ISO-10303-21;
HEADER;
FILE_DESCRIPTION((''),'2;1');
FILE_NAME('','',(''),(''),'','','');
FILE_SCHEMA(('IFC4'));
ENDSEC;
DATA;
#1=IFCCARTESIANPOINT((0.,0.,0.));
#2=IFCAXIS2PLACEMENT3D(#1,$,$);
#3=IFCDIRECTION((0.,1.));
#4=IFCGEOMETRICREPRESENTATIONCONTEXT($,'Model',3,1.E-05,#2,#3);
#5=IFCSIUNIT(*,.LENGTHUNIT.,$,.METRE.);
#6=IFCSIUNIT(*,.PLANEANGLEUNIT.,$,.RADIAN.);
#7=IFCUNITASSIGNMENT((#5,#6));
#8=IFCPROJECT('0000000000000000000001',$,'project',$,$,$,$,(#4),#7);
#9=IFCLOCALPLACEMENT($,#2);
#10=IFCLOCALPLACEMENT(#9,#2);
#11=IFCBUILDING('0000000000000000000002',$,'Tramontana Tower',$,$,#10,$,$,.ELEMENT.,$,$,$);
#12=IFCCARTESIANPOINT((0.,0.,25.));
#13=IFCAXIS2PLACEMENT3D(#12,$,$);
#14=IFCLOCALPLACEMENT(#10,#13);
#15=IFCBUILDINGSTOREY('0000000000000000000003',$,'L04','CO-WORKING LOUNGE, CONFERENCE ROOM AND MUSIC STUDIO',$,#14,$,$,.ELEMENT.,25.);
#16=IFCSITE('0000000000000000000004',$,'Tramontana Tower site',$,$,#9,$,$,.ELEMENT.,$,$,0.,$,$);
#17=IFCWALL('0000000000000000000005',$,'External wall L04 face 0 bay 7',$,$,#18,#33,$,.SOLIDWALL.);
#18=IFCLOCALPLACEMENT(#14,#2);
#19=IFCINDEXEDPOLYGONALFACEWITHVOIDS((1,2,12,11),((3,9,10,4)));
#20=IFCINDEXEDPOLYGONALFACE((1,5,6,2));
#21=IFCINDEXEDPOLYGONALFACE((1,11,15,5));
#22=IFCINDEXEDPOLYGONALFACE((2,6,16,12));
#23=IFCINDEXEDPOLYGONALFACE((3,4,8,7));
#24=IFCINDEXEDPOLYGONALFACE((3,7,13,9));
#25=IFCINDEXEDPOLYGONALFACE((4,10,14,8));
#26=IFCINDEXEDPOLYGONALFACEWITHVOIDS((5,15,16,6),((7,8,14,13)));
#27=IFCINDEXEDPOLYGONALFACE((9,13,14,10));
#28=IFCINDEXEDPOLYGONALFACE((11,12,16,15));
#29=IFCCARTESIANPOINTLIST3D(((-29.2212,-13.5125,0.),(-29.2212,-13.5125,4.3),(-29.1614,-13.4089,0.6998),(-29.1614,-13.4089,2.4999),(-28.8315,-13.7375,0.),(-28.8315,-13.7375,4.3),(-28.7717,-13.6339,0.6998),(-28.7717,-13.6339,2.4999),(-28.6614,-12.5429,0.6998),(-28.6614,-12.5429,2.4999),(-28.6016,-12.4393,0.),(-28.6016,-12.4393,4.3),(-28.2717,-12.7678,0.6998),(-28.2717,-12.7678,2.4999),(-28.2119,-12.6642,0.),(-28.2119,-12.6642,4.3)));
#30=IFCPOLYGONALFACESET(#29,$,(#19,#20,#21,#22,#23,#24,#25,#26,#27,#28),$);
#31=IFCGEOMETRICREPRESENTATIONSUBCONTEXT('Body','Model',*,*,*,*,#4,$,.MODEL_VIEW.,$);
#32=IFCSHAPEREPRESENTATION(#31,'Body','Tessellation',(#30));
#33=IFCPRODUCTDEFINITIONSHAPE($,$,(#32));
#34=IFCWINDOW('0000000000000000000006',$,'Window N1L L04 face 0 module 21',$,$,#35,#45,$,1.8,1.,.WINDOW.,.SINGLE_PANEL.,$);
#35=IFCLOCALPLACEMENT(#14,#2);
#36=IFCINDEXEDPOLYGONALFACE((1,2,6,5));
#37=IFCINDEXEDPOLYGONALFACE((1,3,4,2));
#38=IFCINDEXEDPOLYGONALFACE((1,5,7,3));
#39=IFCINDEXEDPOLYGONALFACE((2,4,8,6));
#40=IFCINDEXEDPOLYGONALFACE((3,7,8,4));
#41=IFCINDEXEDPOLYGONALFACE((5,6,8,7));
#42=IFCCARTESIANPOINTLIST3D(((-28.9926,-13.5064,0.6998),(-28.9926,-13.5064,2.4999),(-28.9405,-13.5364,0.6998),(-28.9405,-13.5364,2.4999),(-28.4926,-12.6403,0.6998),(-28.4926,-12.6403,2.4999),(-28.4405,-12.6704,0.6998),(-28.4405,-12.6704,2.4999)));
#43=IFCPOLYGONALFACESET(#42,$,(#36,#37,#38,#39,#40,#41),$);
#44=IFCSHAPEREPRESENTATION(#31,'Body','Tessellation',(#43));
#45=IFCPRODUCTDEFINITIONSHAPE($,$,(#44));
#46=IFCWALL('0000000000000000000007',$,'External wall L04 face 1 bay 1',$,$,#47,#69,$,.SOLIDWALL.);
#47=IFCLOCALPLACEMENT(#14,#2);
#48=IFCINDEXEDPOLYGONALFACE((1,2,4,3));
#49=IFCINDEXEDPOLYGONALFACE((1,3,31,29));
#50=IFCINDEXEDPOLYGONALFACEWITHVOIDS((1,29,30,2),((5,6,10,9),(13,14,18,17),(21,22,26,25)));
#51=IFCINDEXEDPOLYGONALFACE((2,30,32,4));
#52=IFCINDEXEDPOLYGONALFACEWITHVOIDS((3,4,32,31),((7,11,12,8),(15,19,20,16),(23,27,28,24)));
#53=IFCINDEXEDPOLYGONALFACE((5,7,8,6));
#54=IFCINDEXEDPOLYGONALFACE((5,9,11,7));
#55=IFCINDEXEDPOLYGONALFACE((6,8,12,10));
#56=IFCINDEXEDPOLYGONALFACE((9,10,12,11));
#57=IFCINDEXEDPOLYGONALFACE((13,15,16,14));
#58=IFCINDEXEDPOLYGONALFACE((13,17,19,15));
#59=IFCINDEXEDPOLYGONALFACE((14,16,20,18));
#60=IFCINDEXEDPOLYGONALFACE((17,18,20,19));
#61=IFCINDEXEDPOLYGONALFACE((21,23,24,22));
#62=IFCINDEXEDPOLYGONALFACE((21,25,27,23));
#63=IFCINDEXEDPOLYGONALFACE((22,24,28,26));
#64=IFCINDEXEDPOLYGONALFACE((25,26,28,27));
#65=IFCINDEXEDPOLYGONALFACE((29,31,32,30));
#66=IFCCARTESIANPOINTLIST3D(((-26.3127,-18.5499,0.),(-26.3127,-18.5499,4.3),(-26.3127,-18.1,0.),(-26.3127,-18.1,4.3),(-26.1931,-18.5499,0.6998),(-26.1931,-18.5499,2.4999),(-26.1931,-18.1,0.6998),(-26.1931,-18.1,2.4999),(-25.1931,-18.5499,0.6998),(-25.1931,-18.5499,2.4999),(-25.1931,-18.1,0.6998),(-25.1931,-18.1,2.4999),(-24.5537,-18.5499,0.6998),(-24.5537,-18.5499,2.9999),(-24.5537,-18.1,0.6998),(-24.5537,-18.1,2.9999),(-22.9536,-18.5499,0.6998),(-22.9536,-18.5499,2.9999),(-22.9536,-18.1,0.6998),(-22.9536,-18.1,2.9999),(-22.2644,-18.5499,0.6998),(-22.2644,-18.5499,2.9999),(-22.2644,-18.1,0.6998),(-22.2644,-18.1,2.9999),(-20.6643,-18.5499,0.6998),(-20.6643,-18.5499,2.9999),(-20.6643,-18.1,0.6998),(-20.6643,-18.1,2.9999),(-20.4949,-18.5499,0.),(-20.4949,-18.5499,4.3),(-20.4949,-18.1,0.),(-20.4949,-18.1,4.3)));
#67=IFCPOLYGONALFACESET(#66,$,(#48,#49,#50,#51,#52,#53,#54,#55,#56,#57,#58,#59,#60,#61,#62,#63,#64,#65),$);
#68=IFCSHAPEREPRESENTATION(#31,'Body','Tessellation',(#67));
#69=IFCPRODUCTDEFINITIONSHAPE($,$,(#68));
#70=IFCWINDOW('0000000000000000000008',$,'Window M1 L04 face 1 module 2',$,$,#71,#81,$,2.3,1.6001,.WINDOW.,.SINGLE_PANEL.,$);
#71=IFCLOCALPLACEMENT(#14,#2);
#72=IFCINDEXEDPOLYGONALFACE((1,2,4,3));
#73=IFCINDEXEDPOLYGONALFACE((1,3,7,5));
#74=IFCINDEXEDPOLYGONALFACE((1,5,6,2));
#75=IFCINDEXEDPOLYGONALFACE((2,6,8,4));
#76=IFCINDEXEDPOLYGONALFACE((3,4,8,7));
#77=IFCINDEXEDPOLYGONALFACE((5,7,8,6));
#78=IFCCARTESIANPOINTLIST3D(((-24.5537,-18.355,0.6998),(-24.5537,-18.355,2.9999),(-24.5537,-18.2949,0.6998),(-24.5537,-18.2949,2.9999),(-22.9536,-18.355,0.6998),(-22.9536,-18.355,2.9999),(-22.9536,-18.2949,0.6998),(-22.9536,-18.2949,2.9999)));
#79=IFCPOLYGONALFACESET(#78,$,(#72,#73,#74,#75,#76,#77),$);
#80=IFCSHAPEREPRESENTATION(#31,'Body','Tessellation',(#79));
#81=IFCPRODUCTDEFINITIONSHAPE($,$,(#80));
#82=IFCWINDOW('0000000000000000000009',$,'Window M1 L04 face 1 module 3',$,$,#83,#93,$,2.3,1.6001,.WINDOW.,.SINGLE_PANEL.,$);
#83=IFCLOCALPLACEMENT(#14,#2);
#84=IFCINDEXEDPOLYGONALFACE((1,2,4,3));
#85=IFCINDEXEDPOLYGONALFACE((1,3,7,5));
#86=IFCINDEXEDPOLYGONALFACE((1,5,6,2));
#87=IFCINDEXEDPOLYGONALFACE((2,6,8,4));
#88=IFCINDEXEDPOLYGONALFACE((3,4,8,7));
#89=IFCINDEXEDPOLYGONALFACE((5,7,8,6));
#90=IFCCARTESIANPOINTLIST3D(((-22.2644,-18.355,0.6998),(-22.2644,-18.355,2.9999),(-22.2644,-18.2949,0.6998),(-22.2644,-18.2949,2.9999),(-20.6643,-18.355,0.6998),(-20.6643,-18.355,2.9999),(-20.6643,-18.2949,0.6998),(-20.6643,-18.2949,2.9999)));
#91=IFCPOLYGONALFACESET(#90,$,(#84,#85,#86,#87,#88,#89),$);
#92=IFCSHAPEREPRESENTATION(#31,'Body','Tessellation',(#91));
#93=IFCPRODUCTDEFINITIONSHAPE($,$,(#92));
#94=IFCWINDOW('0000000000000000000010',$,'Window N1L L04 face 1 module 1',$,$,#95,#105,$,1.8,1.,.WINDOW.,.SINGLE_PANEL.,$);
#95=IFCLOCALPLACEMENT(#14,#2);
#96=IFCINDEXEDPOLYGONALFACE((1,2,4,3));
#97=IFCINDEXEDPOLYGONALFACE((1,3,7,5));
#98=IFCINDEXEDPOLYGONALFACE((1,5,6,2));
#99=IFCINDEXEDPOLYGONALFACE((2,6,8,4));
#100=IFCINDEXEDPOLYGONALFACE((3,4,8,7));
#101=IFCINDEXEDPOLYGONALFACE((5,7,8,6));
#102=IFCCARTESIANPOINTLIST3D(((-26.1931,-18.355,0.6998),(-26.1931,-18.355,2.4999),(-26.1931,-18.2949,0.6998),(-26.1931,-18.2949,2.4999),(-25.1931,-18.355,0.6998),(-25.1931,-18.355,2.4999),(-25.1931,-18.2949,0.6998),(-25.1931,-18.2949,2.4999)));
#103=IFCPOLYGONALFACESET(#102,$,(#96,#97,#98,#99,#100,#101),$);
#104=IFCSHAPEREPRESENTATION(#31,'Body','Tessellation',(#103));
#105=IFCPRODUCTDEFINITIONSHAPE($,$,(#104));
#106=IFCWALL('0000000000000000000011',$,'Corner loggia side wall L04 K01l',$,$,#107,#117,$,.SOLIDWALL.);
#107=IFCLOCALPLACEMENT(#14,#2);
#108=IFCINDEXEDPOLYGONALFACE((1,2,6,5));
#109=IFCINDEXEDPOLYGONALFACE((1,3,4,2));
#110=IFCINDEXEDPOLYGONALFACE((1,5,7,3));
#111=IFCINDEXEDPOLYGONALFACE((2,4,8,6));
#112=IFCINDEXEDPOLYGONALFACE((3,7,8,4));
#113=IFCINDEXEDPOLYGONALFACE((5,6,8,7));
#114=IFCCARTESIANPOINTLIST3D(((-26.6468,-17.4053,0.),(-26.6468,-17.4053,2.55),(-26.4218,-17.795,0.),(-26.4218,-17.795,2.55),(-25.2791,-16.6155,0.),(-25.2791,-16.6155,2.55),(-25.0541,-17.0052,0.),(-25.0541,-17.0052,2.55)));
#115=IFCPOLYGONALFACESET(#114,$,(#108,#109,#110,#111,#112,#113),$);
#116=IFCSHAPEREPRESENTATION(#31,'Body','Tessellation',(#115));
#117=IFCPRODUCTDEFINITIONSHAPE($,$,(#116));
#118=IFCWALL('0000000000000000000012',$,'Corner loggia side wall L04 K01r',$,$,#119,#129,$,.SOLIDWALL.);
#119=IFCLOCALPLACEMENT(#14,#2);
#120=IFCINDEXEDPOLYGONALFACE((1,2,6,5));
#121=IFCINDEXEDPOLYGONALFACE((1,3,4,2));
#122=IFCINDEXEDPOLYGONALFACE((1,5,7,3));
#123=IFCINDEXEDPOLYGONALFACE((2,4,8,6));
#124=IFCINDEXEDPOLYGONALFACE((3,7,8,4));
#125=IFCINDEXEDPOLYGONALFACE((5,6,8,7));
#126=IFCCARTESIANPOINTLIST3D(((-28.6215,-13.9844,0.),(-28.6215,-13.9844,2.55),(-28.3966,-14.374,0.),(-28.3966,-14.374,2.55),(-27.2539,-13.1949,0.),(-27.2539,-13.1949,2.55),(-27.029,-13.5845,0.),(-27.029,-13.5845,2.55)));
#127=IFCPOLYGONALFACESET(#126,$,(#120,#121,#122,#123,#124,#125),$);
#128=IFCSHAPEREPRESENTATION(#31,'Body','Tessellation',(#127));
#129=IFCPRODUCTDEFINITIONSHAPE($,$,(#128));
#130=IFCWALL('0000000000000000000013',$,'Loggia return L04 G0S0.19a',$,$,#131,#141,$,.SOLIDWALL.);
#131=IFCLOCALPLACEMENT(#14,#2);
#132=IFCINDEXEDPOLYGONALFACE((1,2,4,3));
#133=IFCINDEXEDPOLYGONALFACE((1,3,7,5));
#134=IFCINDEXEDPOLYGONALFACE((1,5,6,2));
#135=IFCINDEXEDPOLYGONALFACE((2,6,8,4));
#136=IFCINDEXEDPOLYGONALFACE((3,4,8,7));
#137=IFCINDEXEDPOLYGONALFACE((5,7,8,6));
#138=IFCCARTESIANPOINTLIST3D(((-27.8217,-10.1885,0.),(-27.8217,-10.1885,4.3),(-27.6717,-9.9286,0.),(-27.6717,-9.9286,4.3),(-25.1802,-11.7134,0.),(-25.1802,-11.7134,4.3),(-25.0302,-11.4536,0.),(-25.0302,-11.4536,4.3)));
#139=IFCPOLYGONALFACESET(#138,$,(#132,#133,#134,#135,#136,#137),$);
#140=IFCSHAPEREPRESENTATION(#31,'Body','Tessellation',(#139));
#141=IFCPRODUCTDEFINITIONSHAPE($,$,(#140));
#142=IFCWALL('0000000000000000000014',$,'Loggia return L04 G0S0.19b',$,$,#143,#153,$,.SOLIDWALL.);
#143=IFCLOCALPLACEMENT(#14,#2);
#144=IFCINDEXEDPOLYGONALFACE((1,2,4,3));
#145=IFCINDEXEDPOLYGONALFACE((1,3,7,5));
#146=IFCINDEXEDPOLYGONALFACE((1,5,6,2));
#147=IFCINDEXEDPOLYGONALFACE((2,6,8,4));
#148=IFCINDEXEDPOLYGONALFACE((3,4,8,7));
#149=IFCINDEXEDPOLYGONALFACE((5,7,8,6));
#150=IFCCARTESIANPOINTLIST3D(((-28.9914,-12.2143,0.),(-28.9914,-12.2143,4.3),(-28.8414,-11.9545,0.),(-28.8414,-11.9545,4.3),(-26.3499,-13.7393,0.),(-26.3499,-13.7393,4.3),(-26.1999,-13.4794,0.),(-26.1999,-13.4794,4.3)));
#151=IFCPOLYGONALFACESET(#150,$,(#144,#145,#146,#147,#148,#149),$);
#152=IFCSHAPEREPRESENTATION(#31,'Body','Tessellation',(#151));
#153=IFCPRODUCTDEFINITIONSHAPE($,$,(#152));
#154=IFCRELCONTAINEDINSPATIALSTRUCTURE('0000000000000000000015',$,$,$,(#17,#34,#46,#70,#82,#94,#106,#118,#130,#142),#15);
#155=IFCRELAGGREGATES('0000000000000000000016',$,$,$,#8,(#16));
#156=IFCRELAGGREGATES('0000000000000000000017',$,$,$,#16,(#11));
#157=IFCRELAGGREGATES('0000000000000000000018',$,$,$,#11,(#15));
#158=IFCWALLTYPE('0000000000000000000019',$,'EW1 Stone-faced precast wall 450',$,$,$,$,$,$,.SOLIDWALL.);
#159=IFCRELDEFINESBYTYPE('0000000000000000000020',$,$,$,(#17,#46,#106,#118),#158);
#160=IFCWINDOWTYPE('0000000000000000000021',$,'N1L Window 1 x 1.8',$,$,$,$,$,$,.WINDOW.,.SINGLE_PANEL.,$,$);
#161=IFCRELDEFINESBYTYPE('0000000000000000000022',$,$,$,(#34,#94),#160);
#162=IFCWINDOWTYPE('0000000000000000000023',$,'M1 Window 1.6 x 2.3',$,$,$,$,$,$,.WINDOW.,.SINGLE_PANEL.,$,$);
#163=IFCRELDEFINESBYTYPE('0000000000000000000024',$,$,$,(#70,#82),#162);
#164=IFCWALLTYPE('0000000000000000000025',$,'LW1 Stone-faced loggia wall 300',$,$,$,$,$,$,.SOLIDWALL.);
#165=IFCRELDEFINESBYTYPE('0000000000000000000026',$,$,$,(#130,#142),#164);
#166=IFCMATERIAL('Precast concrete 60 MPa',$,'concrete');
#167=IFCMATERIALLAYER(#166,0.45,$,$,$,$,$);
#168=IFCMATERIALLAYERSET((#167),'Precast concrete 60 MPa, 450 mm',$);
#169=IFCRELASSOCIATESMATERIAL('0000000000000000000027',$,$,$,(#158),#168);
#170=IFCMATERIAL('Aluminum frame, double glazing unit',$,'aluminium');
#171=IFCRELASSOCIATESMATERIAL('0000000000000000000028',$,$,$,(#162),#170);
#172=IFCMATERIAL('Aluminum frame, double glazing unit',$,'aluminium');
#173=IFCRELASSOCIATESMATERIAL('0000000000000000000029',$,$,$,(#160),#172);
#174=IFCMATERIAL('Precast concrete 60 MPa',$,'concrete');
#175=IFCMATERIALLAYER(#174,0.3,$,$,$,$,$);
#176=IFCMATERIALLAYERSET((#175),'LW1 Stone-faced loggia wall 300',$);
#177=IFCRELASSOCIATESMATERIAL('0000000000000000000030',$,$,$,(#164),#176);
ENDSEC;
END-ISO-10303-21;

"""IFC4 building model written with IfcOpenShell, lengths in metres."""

from ifc_helpers import new_model, si_unit, direction, frame, frame_2d, origin, place, context, subcontext, project, spatial, rectangle, extrude, material, layer, layer_set, type_object, element, fill, save


model = new_model("IFC4")

# Units and contexts
model_context = context("Model", 3, precision=1e-05, world=origin(), true_north=direction((0.0, 1.0)))
body_context = subcontext(model_context, "Body", "Model", "MODEL_VIEW")
ifc_project = project(units=[si_unit("LENGTHUNIT", "METRE"), si_unit("PLANEANGLEUNIT", "RADIAN")], contexts=[model_context])

# Site, building, storey
site_placement = place(None, origin())
site = spatial("IfcSite", under=ifc_project, at=site_placement, Name="Tramontana Tower site", CompositionType="ELEMENT", RefElevation=0.0)
building_placement = place(site_placement, origin())
building = spatial("IfcBuilding", under=site, at=building_placement, Name="Tramontana Tower", CompositionType="ELEMENT")
storey_placement = place(building_placement, frame((0.0, 0.0, 25.0)))
storey = spatial("IfcBuildingStorey", under=building, at=storey_placement, Name="L04", Description="CO-WORKING LOUNGE, CONFERENCE ROOM AND MUSIC STUDIO", CompositionType="ELEMENT", Elevation=25.0)

# Wall, opening, window
ifc_material_1 = material(Name="Precast concrete 60 MPa", Category="concrete")
ifc_layer_1 = layer(ifc_material_1, 0.45)
ifc_layer_set_1 = layer_set([ifc_layer_1], Name="Precast concrete 60 MPa, 450 mm")
wall_type_1 = type_object("IfcWallType", Name="EW1 Stone-faced precast wall 450", PredefinedType="SOLIDWALL", material=ifc_layer_set_1)
ifc_material_2 = material(Name="Aluminum frame, double glazing unit", Category="aluminium")
window_type_1 = type_object("IfcWindowType", Name="M1 Window 1.6 x 2.3", PartitioningType="SINGLE_PANEL", PredefinedType="WINDOW", material=ifc_material_2)
wall_1_placement = place(storey_placement, frame((-28.4067, -12.5518, 0.0), z_axis=(0.0, 0.0, 1.0), x_axis=(-0.499995, -0.866028, 0.0)))
wall_1 = element("IfcWall", 1, at=wall_1_placement, inside=storey, type_object=wall_type_1, Name="External wall L04 face 0 bay 7", PredefinedType="SOLIDWALL", context=body_context, shape_type="SweptSolid", body=[
    extrude(rectangle(XDim=1.2393, YDim=0.45, at=frame_2d((0.6196, 0.0))), origin(), (0.0, 0.0, 1.0), 4.3),
])
opening_1_placement = place(wall_1_placement, frame((0.1196, 0.0, 0.7)))
opening_1 = element("IfcOpeningElement", 2, at=opening_1_placement, cuts=wall_1, PredefinedType="OPENING", context=body_context, shape_type="SweptSolid", body=[
    extrude(rectangle(XDim=1.0, YDim=1.8, at=frame_2d((0.5, 0.8999))), frame((0.0, 0.2349, 0.0), z_axis=(0.0, -1.0, 0.0), x_axis=(1.0, 0.0, 0.0)), (0.0, 0.0, 1.0), 0.47),
])
ifc_material_3 = material(Name="Aluminum frame, double glazing unit", Category="aluminium")
window_type_2 = type_object("IfcWindowType", Name="N1L Window 1 x 1.8", PartitioningType="SINGLE_PANEL", PredefinedType="WINDOW", material=ifc_material_3)
window_1_placement = place(opening_1_placement, origin())
window_1 = element("IfcWindow", 3, at=window_1_placement, inside=storey, type_object=window_type_2, Name="Window N1L L04 face 0 module 21", OverallHeight=1.8, OverallWidth=1.0, PartitioningType="SINGLE_PANEL", PredefinedType="WINDOW", context=body_context, shape_type="SweptSolid", body=[
    extrude(rectangle(XDim=1.0, YDim=1.8, at=frame_2d((0.5, 0.8999))), frame((0.0, 0.03, 0.0), z_axis=(0.0, -1.0, 0.0), x_axis=(1.0, 0.0, 0.0)), (0.0, 0.0, 1.0), 0.0601),
])
fill(opening_1, window_1)

# Wall, openings, windows
wall_2_placement = place(storey_placement, frame((-26.3127, -18.325, 0.0), z_axis=(0.0, 0.0, 1.0), x_axis=(1.0, 0.0, 0.0)))
wall_2 = element("IfcWall", 4, at=wall_2_placement, inside=storey, type_object=wall_type_1, Name="External wall L04 face 1 bay 1", PredefinedType="SOLIDWALL", context=body_context, shape_type="SweptSolid", body=[
    extrude(rectangle(XDim=5.8179, YDim=0.45, at=frame_2d((2.9089, 0.0))), origin(), (0.0, 0.0, 1.0), 4.3),
])
opening_2_placement = place(wall_2_placement, frame((0.1196, 0.0, 0.7)))
opening_2 = element("IfcOpeningElement", 5, at=opening_2_placement, cuts=wall_2, PredefinedType="OPENING", context=body_context, shape_type="SweptSolid", body=[
    extrude(rectangle(XDim=1.0, YDim=1.8, at=frame_2d((0.5, 0.8999))), frame((0.0, 0.2349, 0.0), z_axis=(0.0, -1.0, 0.0), x_axis=(1.0, 0.0, 0.0)), (0.0, 0.0, 1.0), 0.47),
])
opening_3_placement = place(wall_2_placement, frame((1.759, 0.0, 0.7)))
opening_3 = element("IfcOpeningElement", 6, at=opening_3_placement, cuts=wall_2, PredefinedType="OPENING", context=body_context, shape_type="SweptSolid", body=[
    extrude(rectangle(XDim=1.6001, YDim=2.3, at=frame_2d((0.8, 1.1499))), frame((0.0, 0.2349, 0.0), z_axis=(0.0, -1.0, 0.0), x_axis=(1.0, 0.0, 0.0)), (0.0, 0.0, 1.0), 0.47),
])
opening_4_placement = place(wall_2_placement, frame((4.0483, 0.0, 0.7)))
opening_4 = element("IfcOpeningElement", 7, at=opening_4_placement, cuts=wall_2, PredefinedType="OPENING", context=body_context, shape_type="SweptSolid", body=[
    extrude(rectangle(XDim=1.6001, YDim=2.3, at=frame_2d((0.8, 1.1499))), frame((0.0, 0.2349, 0.0), z_axis=(0.0, -1.0, 0.0), x_axis=(1.0, 0.0, 0.0)), (0.0, 0.0, 1.0), 0.47),
])
window_2_placement = place(opening_3_placement, origin())
window_2 = element("IfcWindow", 8, at=window_2_placement, inside=storey, type_object=window_type_1, Name="Window M1 L04 face 1 module 2", OverallHeight=2.3, OverallWidth=1.6001, PartitioningType="SINGLE_PANEL", PredefinedType="WINDOW", context=body_context, shape_type="SweptSolid", body=[
    extrude(rectangle(XDim=1.6001, YDim=2.3, at=frame_2d((0.8, 1.1499))), frame((0.0, 0.03, 0.0), z_axis=(0.0, -1.0, 0.0), x_axis=(1.0, 0.0, 0.0)), (0.0, 0.0, 1.0), 0.0601),
])
fill(opening_3, window_2)
window_3_placement = place(opening_4_placement, origin())
window_3 = element("IfcWindow", 9, at=window_3_placement, inside=storey, type_object=window_type_1, Name="Window M1 L04 face 1 module 3", OverallHeight=2.3, OverallWidth=1.6001, PartitioningType="SINGLE_PANEL", PredefinedType="WINDOW", context=body_context, shape_type="SweptSolid", body=[
    extrude(rectangle(XDim=1.6001, YDim=2.3, at=frame_2d((0.8, 1.1499))), frame((0.0, 0.03, 0.0), z_axis=(0.0, -1.0, 0.0), x_axis=(1.0, 0.0, 0.0)), (0.0, 0.0, 1.0), 0.0601),
])
fill(opening_4, window_3)
window_4_placement = place(opening_2_placement, origin())
window_4 = element("IfcWindow", 10, at=window_4_placement, inside=storey, type_object=window_type_2, Name="Window N1L L04 face 1 module 1", OverallHeight=1.8, OverallWidth=1.0, PartitioningType="SINGLE_PANEL", PredefinedType="WINDOW", context=body_context, shape_type="SweptSolid", body=[
    extrude(rectangle(XDim=1.0, YDim=1.8, at=frame_2d((0.5, 0.8999))), frame((0.0, 0.03, 0.0), z_axis=(0.0, -1.0, 0.0), x_axis=(1.0, 0.0, 0.0)), (0.0, 0.0, 1.0), 0.0601),
])
fill(opening_2, window_4)

# Walls
wall_3_placement = place(storey_placement, frame((-26.5342, -17.6001, 0.0), z_axis=(0.0, 0.0, 1.0), x_axis=(0.86598, 0.500079, 0.0)))
element("IfcWall", 11, at=wall_3_placement, inside=storey, type_object=wall_type_1, Name="Corner loggia side wall L04 K01l", PredefinedType="SOLIDWALL", context=body_context, shape_type="SweptSolid", body=[
    extrude(rectangle(XDim=1.5793, YDim=0.45, at=frame_2d((0.7896, 0.0))), origin(), (0.0, 0.0, 1.0), 2.55),
])
wall_4_placement = place(storey_placement, frame((-28.509, -14.1792, 0.0), z_axis=(0.0, 0.0, 1.0), x_axis=(0.866047, 0.499963, 0.0)))
element("IfcWall", 12, at=wall_4_placement, inside=storey, type_object=wall_type_1, Name="Corner loggia side wall L04 K01r", PredefinedType="SOLIDWALL", context=body_context, shape_type="SweptSolid", body=[
    extrude(rectangle(XDim=1.5791, YDim=0.45, at=frame_2d((0.7896, 0.0))), origin(), (0.0, 0.0, 1.0), 2.55),
])
ifc_material_4 = material(Name="Precast concrete 60 MPa", Category="concrete")
ifc_layer_2 = layer(ifc_material_4, 0.3)
ifc_layer_set_2 = layer_set([ifc_layer_2], Name="LW1 Stone-faced loggia wall 300")
wall_type_2 = type_object("IfcWallType", Name="LW1 Stone-faced loggia wall 300", PredefinedType="SOLIDWALL", material=ifc_layer_set_2)
for number, where, z_axis, x_axis, name in (
    (13, (-27.7466, -10.0586, 0.0), (0.0, 0.0, 1.0), (0.866038, -0.499979, 0.0), "Loggia return L04 G0S0.19a"),
    (14, (-28.9163, -12.0845, 0.0), (0.0, 0.0, 1.0), (0.866038, -0.499979, 0.0), "Loggia return L04 G0S0.19b"),
):
    element("IfcWall", number, at=place(storey_placement, frame(where, z_axis=z_axis, x_axis=x_axis)), inside=storey, type_object=wall_type_2, Name=name, PredefinedType="SOLIDWALL", context=body_context, shape_type="SweptSolid", body=[
        extrude(rectangle(XDim=3.05, YDim=0.3, at=frame_2d((1.5249, 0.0))), origin(), (0.0, 0.0, 1.0), 4.3),
    ])

save(model, "model.ifc")
